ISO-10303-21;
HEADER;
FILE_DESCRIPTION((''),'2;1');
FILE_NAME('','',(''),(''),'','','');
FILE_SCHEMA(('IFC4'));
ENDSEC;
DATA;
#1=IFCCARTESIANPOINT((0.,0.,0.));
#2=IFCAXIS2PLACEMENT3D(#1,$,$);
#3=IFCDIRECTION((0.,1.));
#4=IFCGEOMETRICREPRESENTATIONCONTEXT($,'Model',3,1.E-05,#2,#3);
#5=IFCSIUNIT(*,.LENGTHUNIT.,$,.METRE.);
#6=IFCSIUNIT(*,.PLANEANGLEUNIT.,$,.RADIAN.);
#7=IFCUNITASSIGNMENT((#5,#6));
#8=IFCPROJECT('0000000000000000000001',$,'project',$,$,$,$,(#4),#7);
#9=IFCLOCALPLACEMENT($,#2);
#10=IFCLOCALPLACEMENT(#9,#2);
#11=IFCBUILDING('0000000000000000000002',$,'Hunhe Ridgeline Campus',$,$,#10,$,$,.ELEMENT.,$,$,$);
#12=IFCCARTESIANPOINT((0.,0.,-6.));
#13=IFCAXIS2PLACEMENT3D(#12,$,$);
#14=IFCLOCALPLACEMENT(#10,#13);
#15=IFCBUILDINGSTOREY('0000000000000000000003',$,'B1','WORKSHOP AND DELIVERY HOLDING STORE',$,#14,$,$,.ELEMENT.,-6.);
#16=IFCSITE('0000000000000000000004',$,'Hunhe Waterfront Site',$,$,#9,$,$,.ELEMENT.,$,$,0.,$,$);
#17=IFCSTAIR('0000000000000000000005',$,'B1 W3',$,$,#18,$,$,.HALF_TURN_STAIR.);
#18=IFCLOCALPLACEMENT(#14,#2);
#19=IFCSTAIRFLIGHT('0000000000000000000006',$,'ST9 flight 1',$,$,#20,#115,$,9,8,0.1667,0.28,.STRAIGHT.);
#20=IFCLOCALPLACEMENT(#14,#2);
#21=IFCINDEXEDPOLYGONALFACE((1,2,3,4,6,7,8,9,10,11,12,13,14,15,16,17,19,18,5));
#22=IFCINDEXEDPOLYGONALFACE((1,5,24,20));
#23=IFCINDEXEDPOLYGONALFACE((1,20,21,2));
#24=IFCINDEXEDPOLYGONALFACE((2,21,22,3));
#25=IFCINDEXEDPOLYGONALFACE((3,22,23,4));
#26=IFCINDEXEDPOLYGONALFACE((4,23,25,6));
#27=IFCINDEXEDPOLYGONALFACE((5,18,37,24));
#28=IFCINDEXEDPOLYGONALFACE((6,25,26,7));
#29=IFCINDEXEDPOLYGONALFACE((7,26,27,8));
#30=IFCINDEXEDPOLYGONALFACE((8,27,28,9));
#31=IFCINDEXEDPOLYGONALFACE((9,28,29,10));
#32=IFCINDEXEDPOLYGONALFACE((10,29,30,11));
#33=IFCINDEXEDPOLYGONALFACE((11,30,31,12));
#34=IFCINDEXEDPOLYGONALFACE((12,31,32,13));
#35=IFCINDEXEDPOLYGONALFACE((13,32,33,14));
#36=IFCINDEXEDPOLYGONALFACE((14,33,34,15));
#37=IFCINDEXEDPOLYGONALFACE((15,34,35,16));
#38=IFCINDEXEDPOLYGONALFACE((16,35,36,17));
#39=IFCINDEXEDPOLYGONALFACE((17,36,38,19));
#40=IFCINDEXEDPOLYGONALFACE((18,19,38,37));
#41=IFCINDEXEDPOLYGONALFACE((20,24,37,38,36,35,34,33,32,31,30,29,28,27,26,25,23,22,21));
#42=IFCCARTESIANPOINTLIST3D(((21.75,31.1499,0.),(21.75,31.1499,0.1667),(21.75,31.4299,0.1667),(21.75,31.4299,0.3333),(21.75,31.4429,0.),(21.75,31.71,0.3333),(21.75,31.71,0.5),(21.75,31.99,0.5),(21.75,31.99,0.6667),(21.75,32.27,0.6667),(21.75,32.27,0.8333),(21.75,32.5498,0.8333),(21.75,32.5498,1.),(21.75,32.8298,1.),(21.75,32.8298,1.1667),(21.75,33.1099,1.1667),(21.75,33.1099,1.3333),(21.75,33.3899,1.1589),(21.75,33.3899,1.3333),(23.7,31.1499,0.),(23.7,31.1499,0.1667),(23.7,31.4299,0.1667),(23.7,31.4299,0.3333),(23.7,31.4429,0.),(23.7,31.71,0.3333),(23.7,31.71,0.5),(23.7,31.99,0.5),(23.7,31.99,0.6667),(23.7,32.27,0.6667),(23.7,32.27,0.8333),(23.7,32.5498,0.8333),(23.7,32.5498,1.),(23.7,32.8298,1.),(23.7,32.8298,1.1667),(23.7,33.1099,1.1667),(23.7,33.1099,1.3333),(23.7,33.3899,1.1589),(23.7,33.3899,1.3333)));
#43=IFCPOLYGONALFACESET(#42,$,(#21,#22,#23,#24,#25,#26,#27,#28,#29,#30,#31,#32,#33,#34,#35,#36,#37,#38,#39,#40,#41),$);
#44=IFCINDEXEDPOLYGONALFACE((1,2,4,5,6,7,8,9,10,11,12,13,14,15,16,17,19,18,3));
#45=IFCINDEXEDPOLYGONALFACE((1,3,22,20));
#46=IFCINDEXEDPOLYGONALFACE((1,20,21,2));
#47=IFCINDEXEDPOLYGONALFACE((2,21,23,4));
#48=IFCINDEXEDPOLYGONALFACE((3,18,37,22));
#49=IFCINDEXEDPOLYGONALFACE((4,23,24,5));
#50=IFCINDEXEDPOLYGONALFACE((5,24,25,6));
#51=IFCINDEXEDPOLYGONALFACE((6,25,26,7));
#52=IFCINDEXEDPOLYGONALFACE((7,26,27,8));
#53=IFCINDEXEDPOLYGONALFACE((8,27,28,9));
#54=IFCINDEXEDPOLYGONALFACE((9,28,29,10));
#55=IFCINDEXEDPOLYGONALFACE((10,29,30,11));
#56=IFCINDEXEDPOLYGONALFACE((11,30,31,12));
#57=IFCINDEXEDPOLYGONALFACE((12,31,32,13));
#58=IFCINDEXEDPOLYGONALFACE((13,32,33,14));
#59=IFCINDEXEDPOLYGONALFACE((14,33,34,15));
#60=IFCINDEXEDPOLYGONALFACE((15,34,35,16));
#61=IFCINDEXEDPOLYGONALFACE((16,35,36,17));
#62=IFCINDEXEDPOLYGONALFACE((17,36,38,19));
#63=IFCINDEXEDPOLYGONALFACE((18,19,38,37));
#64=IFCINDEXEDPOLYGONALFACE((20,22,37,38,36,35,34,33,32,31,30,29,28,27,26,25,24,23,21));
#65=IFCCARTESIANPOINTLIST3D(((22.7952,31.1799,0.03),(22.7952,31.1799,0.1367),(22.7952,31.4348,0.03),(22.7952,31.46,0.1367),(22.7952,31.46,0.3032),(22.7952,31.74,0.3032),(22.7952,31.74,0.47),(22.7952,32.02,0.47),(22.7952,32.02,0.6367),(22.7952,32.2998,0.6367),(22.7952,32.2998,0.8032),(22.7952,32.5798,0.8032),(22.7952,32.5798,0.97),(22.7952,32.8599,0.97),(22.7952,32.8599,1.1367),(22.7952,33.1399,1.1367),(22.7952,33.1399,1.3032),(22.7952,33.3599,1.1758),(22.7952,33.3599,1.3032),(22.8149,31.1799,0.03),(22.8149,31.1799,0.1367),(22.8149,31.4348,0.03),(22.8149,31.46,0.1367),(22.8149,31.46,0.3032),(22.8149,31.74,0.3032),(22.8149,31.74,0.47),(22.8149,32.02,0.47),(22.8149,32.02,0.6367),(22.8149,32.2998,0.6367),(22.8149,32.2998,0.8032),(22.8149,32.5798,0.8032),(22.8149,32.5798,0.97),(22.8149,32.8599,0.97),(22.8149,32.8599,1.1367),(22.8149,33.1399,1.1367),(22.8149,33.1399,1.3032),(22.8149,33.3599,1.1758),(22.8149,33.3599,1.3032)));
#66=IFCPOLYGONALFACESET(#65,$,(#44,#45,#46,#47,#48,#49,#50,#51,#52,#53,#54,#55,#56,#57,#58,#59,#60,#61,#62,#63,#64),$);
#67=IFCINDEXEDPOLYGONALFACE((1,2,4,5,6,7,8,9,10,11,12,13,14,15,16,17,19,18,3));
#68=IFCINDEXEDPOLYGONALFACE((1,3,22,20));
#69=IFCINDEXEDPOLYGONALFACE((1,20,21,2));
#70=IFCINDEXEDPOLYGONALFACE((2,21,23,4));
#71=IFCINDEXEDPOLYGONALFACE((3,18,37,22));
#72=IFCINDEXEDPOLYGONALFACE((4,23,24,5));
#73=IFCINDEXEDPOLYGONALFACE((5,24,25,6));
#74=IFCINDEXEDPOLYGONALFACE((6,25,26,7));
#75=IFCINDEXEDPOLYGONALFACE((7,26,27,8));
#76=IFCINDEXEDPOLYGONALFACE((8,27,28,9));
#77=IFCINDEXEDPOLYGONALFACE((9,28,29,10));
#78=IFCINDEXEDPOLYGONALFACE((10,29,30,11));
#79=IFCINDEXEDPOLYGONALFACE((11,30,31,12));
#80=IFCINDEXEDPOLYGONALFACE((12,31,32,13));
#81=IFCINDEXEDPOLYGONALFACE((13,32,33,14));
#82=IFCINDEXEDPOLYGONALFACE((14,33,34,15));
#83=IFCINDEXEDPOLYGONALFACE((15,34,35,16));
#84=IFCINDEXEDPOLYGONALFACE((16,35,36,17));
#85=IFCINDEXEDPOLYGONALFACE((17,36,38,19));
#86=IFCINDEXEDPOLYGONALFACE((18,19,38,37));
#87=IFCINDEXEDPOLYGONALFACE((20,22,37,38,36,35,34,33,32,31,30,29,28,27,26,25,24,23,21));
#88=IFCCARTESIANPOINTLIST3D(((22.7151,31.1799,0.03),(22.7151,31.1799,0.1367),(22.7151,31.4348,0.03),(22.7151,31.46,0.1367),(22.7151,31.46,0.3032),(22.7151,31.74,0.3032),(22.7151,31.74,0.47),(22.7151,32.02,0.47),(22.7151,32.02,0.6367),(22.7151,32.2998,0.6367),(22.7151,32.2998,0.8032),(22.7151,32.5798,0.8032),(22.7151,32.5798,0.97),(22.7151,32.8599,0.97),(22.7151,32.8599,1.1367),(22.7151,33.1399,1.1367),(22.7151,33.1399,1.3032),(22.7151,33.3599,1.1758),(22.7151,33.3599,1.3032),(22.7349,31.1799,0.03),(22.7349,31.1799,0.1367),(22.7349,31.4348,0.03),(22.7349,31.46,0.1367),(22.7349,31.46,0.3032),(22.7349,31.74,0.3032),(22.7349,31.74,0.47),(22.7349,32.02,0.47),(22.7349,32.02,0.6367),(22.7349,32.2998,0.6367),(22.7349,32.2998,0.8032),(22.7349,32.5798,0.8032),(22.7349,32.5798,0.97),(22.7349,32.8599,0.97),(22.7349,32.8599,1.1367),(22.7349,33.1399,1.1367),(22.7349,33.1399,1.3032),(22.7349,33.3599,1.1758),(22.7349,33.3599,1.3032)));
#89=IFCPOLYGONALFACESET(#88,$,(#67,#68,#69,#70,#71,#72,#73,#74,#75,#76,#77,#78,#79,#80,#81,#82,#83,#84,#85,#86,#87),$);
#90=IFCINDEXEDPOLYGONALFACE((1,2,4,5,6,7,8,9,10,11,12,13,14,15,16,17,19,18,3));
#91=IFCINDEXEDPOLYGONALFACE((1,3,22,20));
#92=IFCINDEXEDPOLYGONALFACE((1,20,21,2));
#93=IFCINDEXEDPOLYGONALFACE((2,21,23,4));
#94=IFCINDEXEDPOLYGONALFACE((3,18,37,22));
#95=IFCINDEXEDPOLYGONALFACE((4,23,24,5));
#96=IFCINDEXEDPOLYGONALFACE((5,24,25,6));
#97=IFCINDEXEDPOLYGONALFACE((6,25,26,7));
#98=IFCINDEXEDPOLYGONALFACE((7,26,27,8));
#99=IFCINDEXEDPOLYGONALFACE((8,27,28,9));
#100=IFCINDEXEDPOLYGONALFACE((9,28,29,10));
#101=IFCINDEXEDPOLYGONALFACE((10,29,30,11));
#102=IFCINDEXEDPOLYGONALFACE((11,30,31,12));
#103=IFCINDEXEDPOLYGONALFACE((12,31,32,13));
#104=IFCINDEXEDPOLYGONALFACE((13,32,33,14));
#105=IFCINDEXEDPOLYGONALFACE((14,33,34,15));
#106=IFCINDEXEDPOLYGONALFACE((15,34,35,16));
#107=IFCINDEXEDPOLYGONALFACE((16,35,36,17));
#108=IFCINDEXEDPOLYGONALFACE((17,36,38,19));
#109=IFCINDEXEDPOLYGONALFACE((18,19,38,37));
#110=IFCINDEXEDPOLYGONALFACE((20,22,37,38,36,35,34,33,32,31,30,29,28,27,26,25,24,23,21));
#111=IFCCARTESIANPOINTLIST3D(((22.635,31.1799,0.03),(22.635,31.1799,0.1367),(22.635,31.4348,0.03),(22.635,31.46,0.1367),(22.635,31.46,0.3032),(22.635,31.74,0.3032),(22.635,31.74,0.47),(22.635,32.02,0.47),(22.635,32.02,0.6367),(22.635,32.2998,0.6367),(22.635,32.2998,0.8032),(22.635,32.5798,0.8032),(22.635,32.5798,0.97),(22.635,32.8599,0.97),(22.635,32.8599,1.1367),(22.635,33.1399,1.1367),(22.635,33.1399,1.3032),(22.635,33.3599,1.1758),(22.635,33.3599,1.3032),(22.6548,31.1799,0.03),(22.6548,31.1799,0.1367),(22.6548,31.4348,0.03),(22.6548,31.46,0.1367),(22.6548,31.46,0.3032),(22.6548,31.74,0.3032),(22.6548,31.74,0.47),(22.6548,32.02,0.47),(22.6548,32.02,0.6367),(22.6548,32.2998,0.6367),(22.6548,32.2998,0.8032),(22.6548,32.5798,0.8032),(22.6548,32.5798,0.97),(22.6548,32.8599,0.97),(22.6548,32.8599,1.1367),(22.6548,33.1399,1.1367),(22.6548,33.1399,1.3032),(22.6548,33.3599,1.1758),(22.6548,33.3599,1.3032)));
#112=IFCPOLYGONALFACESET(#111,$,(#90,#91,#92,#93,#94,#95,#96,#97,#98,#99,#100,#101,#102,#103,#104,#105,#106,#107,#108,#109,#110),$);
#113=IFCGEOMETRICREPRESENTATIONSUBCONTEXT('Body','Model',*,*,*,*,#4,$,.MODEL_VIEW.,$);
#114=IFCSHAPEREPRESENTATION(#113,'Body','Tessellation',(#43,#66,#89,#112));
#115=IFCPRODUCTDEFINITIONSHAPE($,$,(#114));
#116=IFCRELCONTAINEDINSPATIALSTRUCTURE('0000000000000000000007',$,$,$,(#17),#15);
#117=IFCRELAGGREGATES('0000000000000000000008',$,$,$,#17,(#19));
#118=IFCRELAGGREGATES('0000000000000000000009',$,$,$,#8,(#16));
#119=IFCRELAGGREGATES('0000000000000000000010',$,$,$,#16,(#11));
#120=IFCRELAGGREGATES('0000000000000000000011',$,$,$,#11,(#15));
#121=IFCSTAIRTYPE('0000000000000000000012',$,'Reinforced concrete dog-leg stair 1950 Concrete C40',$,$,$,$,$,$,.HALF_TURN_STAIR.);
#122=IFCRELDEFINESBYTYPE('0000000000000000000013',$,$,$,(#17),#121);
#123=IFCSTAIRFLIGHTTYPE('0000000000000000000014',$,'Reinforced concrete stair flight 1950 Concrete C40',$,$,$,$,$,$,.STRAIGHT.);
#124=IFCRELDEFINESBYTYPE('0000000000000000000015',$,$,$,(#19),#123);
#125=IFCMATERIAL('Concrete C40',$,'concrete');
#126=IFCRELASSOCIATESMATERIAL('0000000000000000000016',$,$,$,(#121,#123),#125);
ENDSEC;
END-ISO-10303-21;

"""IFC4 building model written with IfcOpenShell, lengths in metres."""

from ifc_helpers import new_model, si_unit, direction, frame, origin, place, context, subcontext, project, spatial, polyline, outline, extrude, material, type_object, element, aggregate, save


model = new_model("IFC4")

# Units and contexts
model_context = context("Model", 3, precision=1e-05, world=origin(), true_north=direction((0.0, 1.0)))
body_context = subcontext(model_context, "Body", "Model", "MODEL_VIEW")
ifc_project = project(units=[si_unit("LENGTHUNIT", "METRE"), si_unit("PLANEANGLEUNIT", "RADIAN")], contexts=[model_context])

# Site, building, storey
site_placement = place(None, origin())
site = spatial("IfcSite", under=ifc_project, at=site_placement, Name="Hunhe Waterfront Site", CompositionType="ELEMENT", RefElevation=0.0)
building_placement = place(site_placement, origin())
building = spatial("IfcBuilding", under=site, at=building_placement, Name="Hunhe Ridgeline Campus", CompositionType="ELEMENT")
storey_placement = place(building_placement, frame((0.0, 0.0, -6.0)))
storey = spatial("IfcBuildingStorey", under=building, at=storey_placement, Name="B1", Description="WORKSHOP AND DELIVERY HOLDING STORE", CompositionType="ELEMENT", Elevation=-6.0)

# Stair, stair flight
ifc_material_1 = material(Name="Concrete C40", Category="concrete")
stair_type = type_object("IfcStairType", Name="Reinforced concrete dog-leg stair 1950 Concrete C40", PredefinedType="HALF_TURN_STAIR", material=ifc_material_1)
stair_placement = place(storey_placement, origin())
stair = element("IfcStair", 1, at=stair_placement, inside=storey, type_object=stair_type, Name="B1 W3", PredefinedType="HALF_TURN_STAIR")
stair_flight_type = type_object("IfcStairFlightType", Name="Reinforced concrete stair flight 1950 Concrete C40", PredefinedType="STRAIGHT", material=ifc_material_1)
stair_flight_1_placement = place(storey_placement, frame((22.7251, 31.1499, 0.0), z_axis=(0.0, 0.0, 1.0), x_axis=(0.0, 1.0, 0.0)))
stair_flight_1 = element("IfcStairFlight", 2, at=stair_flight_1_placement, type_object=stair_flight_type, Name="ST9 flight 1", NumberOfRisers=9, NumberOfTreads=8, PredefinedType="STRAIGHT", RiserHeight=0.1667, TreadLength=0.28, context=body_context, shape_type="SweptSolid", body=[
    extrude(outline(polyline([(0.0, 0.0), (0.0, 0.1667), (0.28, 0.1667), (0.28, 0.3333), (0.5601, 0.3333), (0.5601, 0.5), (0.8401, 0.5), (0.8401, 0.6667), (1.1201, 0.6667), (1.1201, 0.8333), (1.3999, 0.8333), (1.3999, 1.0), (1.6799, 1.0), (1.6799, 1.1667), (1.96, 1.1667), (1.96, 1.3333), (2.24, 1.3333), (2.24, 1.5), (2.24, 1.1589), (0.293, 0.0), (0.0, 0.0)])), frame((0.0, 0.9751, 0.0), z_axis=(0.0, -1.0, 0.0), x_axis=(1.0, 0.0, 0.0)), (0.0, 0.0, 1.0), 1.95),
    extrude(outline(polyline([(0.03, 0.03), (0.03, 0.1367), (0.3101, 0.1367), (0.3101, 0.3032), (0.5901, 0.3032), (0.5901, 0.47), (0.8701, 0.47), (0.8701, 0.6367), (1.1499, 0.6367), (1.1499, 0.8032), (1.4299, 0.8032), (1.4299, 0.97), (1.71, 0.97), (1.71, 1.1367), (1.99, 1.1367), (1.99, 1.3032), (2.21, 1.3032), (2.21, 1.1758), (0.2849, 0.03), (0.03, 0.03)])), frame((0.0, -0.0701, 0.0), z_axis=(0.0, -1.0, 0.0), x_axis=(1.0, 0.0, 0.0)), (0.0, 0.0, 1.0), 0.0198),
    extrude(outline(polyline([(0.03, 0.03), (0.03, 0.1367), (0.3101, 0.1367), (0.3101, 0.3032), (0.5901, 0.3032), (0.5901, 0.47), (0.8701, 0.47), (0.8701, 0.6367), (1.1499, 0.6367), (1.1499, 0.8032), (1.4299, 0.8032), (1.4299, 0.97), (1.71, 0.97), (1.71, 1.1367), (1.99, 1.1367), (1.99, 1.3032), (2.21, 1.3032), (2.21, 1.1758), (0.2849, 0.03), (0.03, 0.03)])), frame((0.0, 0.01, 0.0), z_axis=(0.0, -1.0, 0.0), x_axis=(1.0, 0.0, 0.0)), (0.0, 0.0, 1.0), 0.0198),
    extrude(outline(polyline([(0.03, 0.03), (0.03, 0.1367), (0.3101, 0.1367), (0.3101, 0.3032), (0.5901, 0.3032), (0.5901, 0.47), (0.8701, 0.47), (0.8701, 0.6367), (1.1499, 0.6367), (1.1499, 0.8032), (1.4299, 0.8032), (1.4299, 0.97), (1.71, 0.97), (1.71, 1.1367), (1.99, 1.1367), (1.99, 1.3032), (2.21, 1.3032), (2.21, 1.1758), (0.2849, 0.03), (0.03, 0.03)])), frame((0.0, 0.0901, 0.0), z_axis=(0.0, -1.0, 0.0), x_axis=(1.0, 0.0, 0.0)), (0.0, 0.0, 1.0), 0.0198),
])
aggregate(stair, [stair_flight_1])

save(model, "model.ifc")
